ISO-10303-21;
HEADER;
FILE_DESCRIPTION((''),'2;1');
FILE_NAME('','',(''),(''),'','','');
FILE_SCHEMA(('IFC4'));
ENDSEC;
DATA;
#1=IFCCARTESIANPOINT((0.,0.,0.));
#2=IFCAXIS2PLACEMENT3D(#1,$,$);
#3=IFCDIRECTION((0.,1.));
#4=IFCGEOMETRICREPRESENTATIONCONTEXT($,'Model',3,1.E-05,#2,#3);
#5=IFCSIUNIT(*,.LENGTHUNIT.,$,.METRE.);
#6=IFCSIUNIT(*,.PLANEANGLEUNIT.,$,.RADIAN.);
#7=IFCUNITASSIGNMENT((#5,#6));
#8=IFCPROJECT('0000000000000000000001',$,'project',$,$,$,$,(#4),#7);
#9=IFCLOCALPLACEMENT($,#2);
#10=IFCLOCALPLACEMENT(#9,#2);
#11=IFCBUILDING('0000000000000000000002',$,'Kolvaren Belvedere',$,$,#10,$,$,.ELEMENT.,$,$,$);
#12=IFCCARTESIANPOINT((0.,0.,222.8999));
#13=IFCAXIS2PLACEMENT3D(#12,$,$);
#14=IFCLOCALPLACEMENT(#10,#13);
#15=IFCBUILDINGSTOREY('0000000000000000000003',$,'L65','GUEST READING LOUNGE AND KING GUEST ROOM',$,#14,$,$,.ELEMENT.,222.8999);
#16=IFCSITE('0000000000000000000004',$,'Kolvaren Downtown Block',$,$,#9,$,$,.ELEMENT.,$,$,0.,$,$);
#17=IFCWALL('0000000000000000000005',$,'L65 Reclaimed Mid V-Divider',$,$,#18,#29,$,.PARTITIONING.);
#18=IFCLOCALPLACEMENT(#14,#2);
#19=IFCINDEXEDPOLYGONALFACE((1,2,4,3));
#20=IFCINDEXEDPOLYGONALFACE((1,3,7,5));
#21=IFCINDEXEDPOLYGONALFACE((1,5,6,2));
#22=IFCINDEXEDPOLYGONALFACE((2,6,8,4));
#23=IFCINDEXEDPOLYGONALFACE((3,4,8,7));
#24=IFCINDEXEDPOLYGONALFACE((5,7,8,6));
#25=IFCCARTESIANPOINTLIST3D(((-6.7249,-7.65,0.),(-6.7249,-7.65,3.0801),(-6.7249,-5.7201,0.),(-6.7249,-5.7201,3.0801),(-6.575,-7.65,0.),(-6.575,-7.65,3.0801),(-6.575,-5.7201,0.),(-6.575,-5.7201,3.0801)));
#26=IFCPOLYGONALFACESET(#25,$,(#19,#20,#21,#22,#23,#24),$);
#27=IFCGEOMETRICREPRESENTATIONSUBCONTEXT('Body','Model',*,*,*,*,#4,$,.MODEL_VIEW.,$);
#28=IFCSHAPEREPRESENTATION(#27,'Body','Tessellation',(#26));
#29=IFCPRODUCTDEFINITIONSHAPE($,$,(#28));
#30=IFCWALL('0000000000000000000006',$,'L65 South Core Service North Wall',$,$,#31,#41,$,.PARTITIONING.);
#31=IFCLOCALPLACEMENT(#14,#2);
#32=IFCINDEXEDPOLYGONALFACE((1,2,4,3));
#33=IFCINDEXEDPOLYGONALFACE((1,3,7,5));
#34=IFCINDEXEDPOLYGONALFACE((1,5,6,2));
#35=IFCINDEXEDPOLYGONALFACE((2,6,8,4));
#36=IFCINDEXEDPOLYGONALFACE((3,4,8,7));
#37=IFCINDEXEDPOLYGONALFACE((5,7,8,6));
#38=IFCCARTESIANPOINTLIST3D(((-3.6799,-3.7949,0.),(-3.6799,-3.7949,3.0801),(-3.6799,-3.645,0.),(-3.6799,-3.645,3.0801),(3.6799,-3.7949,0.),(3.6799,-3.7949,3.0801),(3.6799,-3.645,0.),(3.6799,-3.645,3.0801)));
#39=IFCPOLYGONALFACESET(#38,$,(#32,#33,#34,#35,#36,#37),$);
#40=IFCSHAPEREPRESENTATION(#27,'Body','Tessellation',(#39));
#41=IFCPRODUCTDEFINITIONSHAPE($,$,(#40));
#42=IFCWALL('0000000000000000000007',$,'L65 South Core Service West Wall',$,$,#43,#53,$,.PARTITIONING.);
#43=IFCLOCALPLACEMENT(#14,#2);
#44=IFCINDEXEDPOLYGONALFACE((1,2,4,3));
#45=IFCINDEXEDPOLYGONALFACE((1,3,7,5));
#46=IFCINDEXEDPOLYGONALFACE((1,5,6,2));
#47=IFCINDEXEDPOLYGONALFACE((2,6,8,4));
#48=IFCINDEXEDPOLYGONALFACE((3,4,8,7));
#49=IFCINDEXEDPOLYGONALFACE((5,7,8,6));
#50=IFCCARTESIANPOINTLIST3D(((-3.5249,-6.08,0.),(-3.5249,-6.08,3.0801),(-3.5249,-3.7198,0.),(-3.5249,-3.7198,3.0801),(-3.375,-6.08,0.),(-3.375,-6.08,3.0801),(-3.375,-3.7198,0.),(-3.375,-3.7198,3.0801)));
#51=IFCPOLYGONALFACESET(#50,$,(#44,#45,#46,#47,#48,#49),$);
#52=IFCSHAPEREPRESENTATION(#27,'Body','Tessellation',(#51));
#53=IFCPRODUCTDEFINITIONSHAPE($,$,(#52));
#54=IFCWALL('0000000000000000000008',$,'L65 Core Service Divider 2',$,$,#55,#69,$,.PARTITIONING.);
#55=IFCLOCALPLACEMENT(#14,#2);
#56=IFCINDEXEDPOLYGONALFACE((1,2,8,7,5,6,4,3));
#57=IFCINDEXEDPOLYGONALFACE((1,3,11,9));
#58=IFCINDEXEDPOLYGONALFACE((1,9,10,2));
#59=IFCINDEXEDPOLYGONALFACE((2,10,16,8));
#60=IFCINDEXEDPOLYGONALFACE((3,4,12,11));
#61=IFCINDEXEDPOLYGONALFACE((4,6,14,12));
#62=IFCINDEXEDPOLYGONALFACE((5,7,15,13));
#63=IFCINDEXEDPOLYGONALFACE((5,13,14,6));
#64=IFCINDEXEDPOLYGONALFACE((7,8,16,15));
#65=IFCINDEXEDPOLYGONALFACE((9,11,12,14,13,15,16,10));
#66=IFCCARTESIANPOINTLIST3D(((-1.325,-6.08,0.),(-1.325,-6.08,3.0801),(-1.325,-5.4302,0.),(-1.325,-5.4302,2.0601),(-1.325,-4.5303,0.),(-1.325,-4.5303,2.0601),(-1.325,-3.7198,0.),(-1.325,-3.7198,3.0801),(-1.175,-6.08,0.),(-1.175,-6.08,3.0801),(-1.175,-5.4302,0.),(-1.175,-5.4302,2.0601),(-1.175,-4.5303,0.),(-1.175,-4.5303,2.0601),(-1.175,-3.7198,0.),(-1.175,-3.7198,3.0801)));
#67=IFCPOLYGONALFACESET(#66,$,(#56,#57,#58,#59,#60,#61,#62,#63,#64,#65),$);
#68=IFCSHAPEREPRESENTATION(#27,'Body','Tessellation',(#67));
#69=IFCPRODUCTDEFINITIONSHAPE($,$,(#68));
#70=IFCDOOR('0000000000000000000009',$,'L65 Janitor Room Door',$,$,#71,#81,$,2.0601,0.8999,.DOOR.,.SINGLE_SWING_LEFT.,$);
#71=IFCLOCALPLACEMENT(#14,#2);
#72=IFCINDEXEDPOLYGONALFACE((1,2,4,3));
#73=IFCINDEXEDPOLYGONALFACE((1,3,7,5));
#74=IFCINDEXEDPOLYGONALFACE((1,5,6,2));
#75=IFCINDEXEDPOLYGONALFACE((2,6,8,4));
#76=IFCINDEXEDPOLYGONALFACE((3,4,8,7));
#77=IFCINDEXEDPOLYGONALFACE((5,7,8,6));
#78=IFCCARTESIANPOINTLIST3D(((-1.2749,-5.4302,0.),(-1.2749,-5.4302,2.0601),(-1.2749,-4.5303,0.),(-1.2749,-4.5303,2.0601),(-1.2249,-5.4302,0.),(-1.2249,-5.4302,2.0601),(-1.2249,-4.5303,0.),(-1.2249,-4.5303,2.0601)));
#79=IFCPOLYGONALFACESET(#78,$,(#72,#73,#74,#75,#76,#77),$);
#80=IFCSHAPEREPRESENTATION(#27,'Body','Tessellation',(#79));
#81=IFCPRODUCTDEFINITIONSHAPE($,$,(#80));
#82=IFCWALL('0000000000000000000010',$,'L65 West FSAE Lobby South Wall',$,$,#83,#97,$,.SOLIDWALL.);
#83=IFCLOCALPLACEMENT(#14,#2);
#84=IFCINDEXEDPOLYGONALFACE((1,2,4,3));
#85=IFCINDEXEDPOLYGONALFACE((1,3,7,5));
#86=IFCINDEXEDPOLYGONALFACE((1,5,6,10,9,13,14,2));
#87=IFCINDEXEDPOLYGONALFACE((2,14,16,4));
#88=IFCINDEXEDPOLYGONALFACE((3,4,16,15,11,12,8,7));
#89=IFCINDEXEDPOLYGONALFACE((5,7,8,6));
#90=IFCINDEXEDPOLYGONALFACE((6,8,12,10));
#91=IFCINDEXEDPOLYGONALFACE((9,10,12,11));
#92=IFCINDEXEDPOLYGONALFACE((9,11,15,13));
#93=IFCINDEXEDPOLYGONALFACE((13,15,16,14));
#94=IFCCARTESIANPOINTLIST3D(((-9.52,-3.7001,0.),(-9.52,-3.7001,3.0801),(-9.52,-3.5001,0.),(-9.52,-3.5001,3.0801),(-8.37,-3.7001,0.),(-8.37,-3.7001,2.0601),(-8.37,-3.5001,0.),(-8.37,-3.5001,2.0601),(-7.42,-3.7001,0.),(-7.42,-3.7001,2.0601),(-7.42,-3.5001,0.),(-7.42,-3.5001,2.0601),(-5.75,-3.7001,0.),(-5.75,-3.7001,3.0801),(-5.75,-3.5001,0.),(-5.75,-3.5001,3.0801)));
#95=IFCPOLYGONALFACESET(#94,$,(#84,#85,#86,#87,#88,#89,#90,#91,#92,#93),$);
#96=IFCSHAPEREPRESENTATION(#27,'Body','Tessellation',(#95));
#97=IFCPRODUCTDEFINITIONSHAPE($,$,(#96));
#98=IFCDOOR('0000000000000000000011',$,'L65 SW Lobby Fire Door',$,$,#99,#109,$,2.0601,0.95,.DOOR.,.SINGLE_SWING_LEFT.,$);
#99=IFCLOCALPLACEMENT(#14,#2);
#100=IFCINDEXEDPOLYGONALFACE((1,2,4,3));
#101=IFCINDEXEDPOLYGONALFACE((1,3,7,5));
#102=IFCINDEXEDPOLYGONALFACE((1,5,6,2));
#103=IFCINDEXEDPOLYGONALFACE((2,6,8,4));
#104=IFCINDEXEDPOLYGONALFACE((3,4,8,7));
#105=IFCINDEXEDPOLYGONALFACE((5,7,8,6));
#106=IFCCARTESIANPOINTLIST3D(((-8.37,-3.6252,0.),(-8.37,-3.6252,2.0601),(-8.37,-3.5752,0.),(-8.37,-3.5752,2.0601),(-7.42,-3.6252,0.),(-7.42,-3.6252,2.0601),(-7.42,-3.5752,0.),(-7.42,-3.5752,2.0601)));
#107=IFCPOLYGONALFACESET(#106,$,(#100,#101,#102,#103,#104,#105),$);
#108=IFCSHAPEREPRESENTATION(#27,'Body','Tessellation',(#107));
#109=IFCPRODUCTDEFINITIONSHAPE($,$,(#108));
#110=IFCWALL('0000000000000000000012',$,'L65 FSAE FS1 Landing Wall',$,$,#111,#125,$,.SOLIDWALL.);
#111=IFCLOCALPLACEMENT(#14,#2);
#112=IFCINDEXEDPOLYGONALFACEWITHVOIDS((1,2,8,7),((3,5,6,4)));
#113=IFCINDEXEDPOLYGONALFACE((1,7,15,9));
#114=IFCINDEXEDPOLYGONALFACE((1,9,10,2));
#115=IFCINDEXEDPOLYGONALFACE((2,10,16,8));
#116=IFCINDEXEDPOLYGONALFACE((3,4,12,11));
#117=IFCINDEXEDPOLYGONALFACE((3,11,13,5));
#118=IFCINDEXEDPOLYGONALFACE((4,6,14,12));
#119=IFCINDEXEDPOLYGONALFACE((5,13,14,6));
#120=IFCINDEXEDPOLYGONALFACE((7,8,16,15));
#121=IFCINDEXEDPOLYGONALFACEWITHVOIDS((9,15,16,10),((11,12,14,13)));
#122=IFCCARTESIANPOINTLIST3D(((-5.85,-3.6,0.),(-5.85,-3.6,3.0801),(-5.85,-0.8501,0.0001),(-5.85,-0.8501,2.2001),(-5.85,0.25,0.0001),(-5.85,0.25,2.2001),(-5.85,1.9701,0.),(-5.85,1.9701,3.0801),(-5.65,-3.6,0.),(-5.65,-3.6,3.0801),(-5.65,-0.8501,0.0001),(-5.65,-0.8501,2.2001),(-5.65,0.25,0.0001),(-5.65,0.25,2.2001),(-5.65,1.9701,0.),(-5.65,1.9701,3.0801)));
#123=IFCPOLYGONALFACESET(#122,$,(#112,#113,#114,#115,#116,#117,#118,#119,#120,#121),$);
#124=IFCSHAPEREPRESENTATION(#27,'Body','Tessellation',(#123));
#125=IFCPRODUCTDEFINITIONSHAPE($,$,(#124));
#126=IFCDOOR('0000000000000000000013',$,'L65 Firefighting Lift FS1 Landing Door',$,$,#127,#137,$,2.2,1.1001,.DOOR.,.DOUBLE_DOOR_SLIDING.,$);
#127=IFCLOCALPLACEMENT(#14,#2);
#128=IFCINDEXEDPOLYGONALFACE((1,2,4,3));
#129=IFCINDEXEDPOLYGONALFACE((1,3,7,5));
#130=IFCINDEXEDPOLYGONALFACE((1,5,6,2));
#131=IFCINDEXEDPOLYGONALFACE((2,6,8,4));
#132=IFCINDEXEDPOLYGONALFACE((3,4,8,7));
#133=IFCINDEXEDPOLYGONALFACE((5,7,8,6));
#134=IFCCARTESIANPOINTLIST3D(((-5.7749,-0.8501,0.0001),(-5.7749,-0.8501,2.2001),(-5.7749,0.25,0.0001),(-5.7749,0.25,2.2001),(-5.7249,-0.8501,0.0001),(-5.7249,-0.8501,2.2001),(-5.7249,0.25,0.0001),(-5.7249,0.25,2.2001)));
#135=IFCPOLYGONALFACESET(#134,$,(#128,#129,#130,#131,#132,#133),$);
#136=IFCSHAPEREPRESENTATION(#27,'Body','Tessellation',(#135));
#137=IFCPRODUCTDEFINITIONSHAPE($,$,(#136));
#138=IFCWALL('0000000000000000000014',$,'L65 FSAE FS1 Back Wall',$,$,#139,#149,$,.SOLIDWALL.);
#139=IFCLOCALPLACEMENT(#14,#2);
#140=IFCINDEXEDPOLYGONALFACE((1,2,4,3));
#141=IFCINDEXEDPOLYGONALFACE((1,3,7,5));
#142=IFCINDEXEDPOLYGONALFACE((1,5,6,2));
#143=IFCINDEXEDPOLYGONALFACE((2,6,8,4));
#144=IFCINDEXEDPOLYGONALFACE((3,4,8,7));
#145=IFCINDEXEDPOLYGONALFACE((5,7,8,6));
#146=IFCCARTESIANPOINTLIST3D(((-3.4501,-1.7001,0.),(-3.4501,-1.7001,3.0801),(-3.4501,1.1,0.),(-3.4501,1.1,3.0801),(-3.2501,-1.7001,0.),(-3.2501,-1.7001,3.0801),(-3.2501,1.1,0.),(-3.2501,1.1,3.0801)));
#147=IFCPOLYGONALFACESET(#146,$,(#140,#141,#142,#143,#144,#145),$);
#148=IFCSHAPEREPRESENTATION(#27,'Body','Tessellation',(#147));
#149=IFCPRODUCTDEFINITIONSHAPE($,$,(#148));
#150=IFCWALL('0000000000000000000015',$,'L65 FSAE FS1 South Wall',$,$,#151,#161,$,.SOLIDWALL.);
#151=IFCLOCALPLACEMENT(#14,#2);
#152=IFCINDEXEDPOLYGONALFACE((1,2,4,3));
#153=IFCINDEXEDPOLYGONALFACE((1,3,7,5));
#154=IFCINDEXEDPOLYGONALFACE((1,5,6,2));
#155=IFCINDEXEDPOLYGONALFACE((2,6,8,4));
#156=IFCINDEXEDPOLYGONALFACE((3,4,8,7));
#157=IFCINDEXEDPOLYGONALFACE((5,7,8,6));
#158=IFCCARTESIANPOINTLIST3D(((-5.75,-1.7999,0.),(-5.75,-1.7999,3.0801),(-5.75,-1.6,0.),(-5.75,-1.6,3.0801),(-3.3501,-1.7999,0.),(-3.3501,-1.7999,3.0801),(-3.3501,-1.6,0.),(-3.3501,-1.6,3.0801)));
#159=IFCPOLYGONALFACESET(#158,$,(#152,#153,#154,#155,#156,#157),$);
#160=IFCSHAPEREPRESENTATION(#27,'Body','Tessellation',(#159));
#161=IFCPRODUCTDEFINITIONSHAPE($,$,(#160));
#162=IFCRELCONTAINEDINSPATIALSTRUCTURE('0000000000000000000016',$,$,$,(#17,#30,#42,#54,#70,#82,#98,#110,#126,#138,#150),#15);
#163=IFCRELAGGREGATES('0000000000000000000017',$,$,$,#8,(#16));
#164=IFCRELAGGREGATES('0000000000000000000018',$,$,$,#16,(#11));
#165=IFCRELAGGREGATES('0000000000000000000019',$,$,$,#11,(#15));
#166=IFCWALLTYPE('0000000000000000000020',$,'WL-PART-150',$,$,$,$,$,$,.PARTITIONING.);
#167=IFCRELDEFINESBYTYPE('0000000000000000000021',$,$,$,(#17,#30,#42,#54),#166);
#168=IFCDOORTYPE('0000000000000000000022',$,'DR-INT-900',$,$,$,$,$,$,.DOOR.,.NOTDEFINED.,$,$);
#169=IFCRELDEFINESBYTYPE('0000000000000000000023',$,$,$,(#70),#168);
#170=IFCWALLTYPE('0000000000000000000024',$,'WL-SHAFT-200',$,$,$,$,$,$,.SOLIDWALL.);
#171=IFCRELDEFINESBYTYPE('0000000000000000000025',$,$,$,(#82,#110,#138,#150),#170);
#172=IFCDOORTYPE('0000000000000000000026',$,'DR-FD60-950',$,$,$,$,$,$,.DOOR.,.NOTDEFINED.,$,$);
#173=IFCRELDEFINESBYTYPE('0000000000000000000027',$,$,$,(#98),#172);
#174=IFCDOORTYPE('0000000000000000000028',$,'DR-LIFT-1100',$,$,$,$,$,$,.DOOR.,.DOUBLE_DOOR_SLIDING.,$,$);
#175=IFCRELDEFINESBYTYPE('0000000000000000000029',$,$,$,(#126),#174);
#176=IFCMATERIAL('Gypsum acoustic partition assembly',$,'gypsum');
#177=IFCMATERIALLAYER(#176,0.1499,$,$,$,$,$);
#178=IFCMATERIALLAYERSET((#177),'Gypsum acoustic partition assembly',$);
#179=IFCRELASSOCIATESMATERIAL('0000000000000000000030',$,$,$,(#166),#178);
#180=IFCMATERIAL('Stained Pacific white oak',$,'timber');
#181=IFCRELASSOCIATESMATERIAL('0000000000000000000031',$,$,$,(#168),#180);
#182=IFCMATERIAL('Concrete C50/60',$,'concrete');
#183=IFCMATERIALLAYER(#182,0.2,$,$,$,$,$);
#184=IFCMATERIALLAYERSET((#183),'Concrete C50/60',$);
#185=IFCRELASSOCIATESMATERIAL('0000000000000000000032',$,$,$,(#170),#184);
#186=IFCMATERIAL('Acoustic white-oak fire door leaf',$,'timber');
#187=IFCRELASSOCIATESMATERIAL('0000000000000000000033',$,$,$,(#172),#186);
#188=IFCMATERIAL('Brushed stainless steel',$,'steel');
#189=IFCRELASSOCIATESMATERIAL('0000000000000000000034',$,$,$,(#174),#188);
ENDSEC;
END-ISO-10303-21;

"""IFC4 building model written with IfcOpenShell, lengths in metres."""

from ifc_helpers import new_model, si_unit, direction, frame, frame_2d, origin, place, context, subcontext, project, spatial, rectangle, extrude, material, layer, layer_set, type_object, element, fill, save


model = new_model("IFC4")

# Units and contexts
model_context = context("Model", 3, precision=1e-05, world=origin(), true_north=direction((0.0, 1.0)))
body_context = subcontext(model_context, "Body", "Model", "MODEL_VIEW")
ifc_project = project(units=[si_unit("LENGTHUNIT", "METRE"), si_unit("PLANEANGLEUNIT", "RADIAN")], contexts=[model_context])

# Site, building, storey
site_placement = place(None, origin())
site = spatial("IfcSite", under=ifc_project, at=site_placement, Name="Kolvaren Downtown Block", CompositionType="ELEMENT", RefElevation=0.0)
building_placement = place(site_placement, origin())
building = spatial("IfcBuilding", under=site, at=building_placement, Name="Kolvaren Belvedere", CompositionType="ELEMENT")
storey_placement = place(building_placement, frame((0.0, 0.0, 222.8999)))
storey = spatial("IfcBuildingStorey", under=building, at=storey_placement, Name="L65", Description="GUEST READING LOUNGE AND KING GUEST ROOM", CompositionType="ELEMENT", Elevation=222.8999)

# Shared definitions
ifc_material_1 = material(Name="Gypsum acoustic partition assembly", Category="gypsum")
ifc_layer_1 = layer(ifc_material_1, 0.1499)
ifc_layer_set_1 = layer_set([ifc_layer_1], Name="Gypsum acoustic partition assembly")
wall_type_1 = type_object("IfcWallType", Name="WL-PART-150", PredefinedType="PARTITIONING", material=ifc_layer_set_1)

# Walls
wall_1_placement = place(storey_placement, frame((-6.6499, -7.6499, 0.0), z_axis=(0.0, 0.0, 1.0), x_axis=(0.0, 1.0, 0.0)))
element("IfcWall", 1, at=wall_1_placement, inside=storey, type_object=wall_type_1, Name="L65 Reclaimed Mid V-Divider", PredefinedType="PARTITIONING", context=body_context, shape_type="SweptSolid", body=[
    extrude(rectangle(XDim=1.9299, YDim=0.1499, at=frame_2d((0.9648, 0.0))), origin(), (0.0, 0.0, 1.0), 3.0801),
])
wall_2_placement = place(storey_placement, frame((-3.6799, -3.72, 0.0), z_axis=(0.0, 0.0, 1.0), x_axis=(1.0, 0.0, 0.0)))
element("IfcWall", 2, at=wall_2_placement, inside=storey, type_object=wall_type_1, Name="L65 South Core Service North Wall", PredefinedType="PARTITIONING", context=body_context, shape_type="SweptSolid", body=[
    extrude(rectangle(XDim=7.3599, YDim=0.1499, at=frame_2d((3.6799, 0.0))), origin(), (0.0, 0.0, 1.0), 3.0801),
])
wall_3_placement = place(storey_placement, frame((-3.45, -6.0801, 0.0), z_axis=(0.0, 0.0, 1.0), x_axis=(0.0, 1.0, 0.0)))
element("IfcWall", 3, at=wall_3_placement, inside=storey, type_object=wall_type_1, Name="L65 South Core Service West Wall", PredefinedType="PARTITIONING", context=body_context, shape_type="SweptSolid", body=[
    extrude(rectangle(XDim=2.3601, YDim=0.1499, at=frame_2d((1.1802, 0.0))), origin(), (0.0, 0.0, 1.0), 3.0801),
])

# Walls, openings, doors
wall_4_placement = place(storey_placement, frame((-1.25, -6.0801, 0.0), z_axis=(0.0, 0.0, 1.0), x_axis=(0.0, 1.0, 0.0)))
wall_4 = element("IfcWall", 4, at=wall_4_placement, inside=storey, type_object=wall_type_1, Name="L65 Core Service Divider 2", PredefinedType="PARTITIONING", context=body_context, shape_type="SweptSolid", body=[
    extrude(rectangle(XDim=2.3601, YDim=0.1499, at=frame_2d((1.1802, 0.0))), origin(), (0.0, 0.0, 1.0), 3.0801),
])
opening_1_placement = place(wall_4_placement, frame((0.6499, 0.0, 0.0)))
opening_1 = element("IfcOpeningElement", 5, at=opening_1_placement, cuts=wall_4, PredefinedType="OPENING", context=body_context, shape_type="SweptSolid", body=[
    extrude(rectangle(XDim=0.8999, YDim=2.0601, at=frame_2d((0.45, 1.03))), frame((0.0, 0.085, 0.0), z_axis=(0.0, -1.0, 0.0), x_axis=(1.0, 0.0, 0.0)), (0.0, 0.0, 1.0), 0.1699),
])
ifc_material_2 = material(Name="Stained Pacific white oak", Category="timber")
door_type_1 = type_object("IfcDoorType", Name="DR-INT-900", OperationType="NOTDEFINED", PredefinedType="DOOR", material=ifc_material_2)
door_1_placement = place(opening_1_placement, origin())
door_1 = element("IfcDoor", 6, at=door_1_placement, inside=storey, type_object=door_type_1, Name="L65 Janitor Room Door", OperationType="SINGLE_SWING_LEFT", OverallHeight=2.0601, OverallWidth=0.8999, PredefinedType="DOOR", context=body_context, shape_type="SweptSolid", body=[
    extrude(rectangle(XDim=0.8999, YDim=2.0601, at=frame_2d((0.45, 1.03))), frame((0.0, 0.0249, 0.0), z_axis=(0.0, -1.0, 0.0), x_axis=(1.0, 0.0, 0.0)), (0.0, 0.0, 1.0), 0.05),
])
fill(opening_1, door_1)
ifc_material_3 = material(Name="Concrete C50/60", Category="concrete")
ifc_layer_2 = layer(ifc_material_3, 0.2)
ifc_layer_set_2 = layer_set([ifc_layer_2], Name="Concrete C50/60")
wall_type_2 = type_object("IfcWallType", Name="WL-SHAFT-200", PredefinedType="SOLIDWALL", material=ifc_layer_set_2)
wall_5_placement = place(storey_placement, frame((-9.52, -3.6001, 0.0), z_axis=(0.0, 0.0, 1.0), x_axis=(1.0, 0.0, 0.0)))
wall_5 = element("IfcWall", 7, at=wall_5_placement, inside=storey, type_object=wall_type_2, Name="L65 West FSAE Lobby South Wall", PredefinedType="SOLIDWALL", context=body_context, shape_type="SweptSolid", body=[
    extrude(rectangle(XDim=3.77, YDim=0.2, at=frame_2d((1.885, 0.0))), origin(), (0.0, 0.0, 1.0), 3.0801),
])
opening_2_placement = place(wall_5_placement, frame((1.1499, 0.0, 0.0)))
opening_2 = element("IfcOpeningElement", 8, at=opening_2_placement, cuts=wall_5, PredefinedType="OPENING", context=body_context, shape_type="SweptSolid", body=[
    extrude(rectangle(XDim=0.95, YDim=2.0601, at=frame_2d((0.4751, 1.03))), frame((0.0, 0.1099, 0.0), z_axis=(0.0, -1.0, 0.0), x_axis=(1.0, 0.0, 0.0)), (0.0, 0.0, 1.0), 0.22),
])
ifc_material_4 = material(Name="Acoustic white-oak fire door leaf", Category="timber")
door_type_2 = type_object("IfcDoorType", Name="DR-FD60-950", OperationType="NOTDEFINED", PredefinedType="DOOR", material=ifc_material_4)
door_2_placement = place(opening_2_placement, origin())
door_2 = element("IfcDoor", 9, at=door_2_placement, inside=storey, type_object=door_type_2, Name="L65 SW Lobby Fire Door", OperationType="SINGLE_SWING_LEFT", OverallHeight=2.0601, OverallWidth=0.95, PredefinedType="DOOR", context=body_context, shape_type="SweptSolid", body=[
    extrude(rectangle(XDim=0.95, YDim=2.0601, at=frame_2d((0.4751, 1.03))), frame((0.0, 0.0249, 0.0), z_axis=(0.0, -1.0, 0.0), x_axis=(1.0, 0.0, 0.0)), (0.0, 0.0, 1.0), 0.05),
])
fill(opening_2, door_2)
wall_6_placement = place(storey_placement, frame((-5.75, -3.6001, 0.0), z_axis=(0.0, 0.0, 1.0), x_axis=(0.0, 1.0, 0.0)))
wall_6 = element("IfcWall", 10, at=wall_6_placement, inside=storey, type_object=wall_type_2, Name="L65 FSAE FS1 Landing Wall", PredefinedType="SOLIDWALL", context=body_context, shape_type="SweptSolid", body=[
    extrude(rectangle(XDim=5.5701, YDim=0.2, at=frame_2d((2.7852, 0.0))), origin(), (0.0, 0.0, 1.0), 3.0801),
])
opening_3_placement = place(wall_6_placement, frame((2.75, 0.0, 0.0)))
opening_3 = element("IfcOpeningElement", 11, at=opening_3_placement, cuts=wall_6, PredefinedType="OPENING", context=body_context, shape_type="SweptSolid", body=[
    extrude(rectangle(XDim=1.1001, YDim=2.2, at=frame_2d((0.55, 1.1001))), frame((0.0, 0.1099, 0.0), z_axis=(0.0, -1.0, 0.0), x_axis=(1.0, 0.0, 0.0)), (0.0, 0.0, 1.0), 0.22),
])
ifc_material_5 = material(Name="Brushed stainless steel", Category="steel")
door_type_3 = type_object("IfcDoorType", Name="DR-LIFT-1100", OperationType="DOUBLE_DOOR_SLIDING", PredefinedType="DOOR", material=ifc_material_5)
door_3_placement = place(opening_3_placement, origin())
door_3 = element("IfcDoor", 12, at=door_3_placement, inside=storey, type_object=door_type_3, Name="L65 Firefighting Lift FS1 Landing Door", OperationType="DOUBLE_DOOR_SLIDING", OverallHeight=2.2, OverallWidth=1.1001, PredefinedType="DOOR", context=body_context, shape_type="SweptSolid", body=[
    extrude(rectangle(XDim=1.1001, YDim=2.2, at=frame_2d((0.55, 1.1001))), frame((0.0, 0.0249, 0.0), z_axis=(0.0, -1.0, 0.0), x_axis=(1.0, 0.0, 0.0)), (0.0, 0.0, 1.0), 0.05),
])
fill(opening_3, door_3)

# Walls
wall_7_placement = place(storey_placement, frame((-3.3501, -1.7, 0.0), z_axis=(0.0, 0.0, 1.0), x_axis=(0.0, 1.0, 0.0)))
element("IfcWall", 13, at=wall_7_placement, inside=storey, type_object=wall_type_2, Name="L65 FSAE FS1 Back Wall", PredefinedType="SOLIDWALL", context=body_context, shape_type="SweptSolid", body=[
    extrude(rectangle(XDim=2.8, YDim=0.2, at=frame_2d((1.3999, 0.0))), origin(), (0.0, 0.0, 1.0), 3.0801),
])
wall_8_placement = place(storey_placement, frame((-5.75, -1.7, 0.0), z_axis=(0.0, 0.0, 1.0), x_axis=(1.0, 0.0, 0.0)))
element("IfcWall", 14, at=wall_8_placement, inside=storey, type_object=wall_type_2, Name="L65 FSAE FS1 South Wall", PredefinedType="SOLIDWALL", context=body_context, shape_type="SweptSolid", body=[
    extrude(rectangle(XDim=2.3999, YDim=0.2, at=frame_2d((1.2, 0.0))), origin(), (0.0, 0.0, 1.0), 3.0801),
])

save(model, "model.ifc")
